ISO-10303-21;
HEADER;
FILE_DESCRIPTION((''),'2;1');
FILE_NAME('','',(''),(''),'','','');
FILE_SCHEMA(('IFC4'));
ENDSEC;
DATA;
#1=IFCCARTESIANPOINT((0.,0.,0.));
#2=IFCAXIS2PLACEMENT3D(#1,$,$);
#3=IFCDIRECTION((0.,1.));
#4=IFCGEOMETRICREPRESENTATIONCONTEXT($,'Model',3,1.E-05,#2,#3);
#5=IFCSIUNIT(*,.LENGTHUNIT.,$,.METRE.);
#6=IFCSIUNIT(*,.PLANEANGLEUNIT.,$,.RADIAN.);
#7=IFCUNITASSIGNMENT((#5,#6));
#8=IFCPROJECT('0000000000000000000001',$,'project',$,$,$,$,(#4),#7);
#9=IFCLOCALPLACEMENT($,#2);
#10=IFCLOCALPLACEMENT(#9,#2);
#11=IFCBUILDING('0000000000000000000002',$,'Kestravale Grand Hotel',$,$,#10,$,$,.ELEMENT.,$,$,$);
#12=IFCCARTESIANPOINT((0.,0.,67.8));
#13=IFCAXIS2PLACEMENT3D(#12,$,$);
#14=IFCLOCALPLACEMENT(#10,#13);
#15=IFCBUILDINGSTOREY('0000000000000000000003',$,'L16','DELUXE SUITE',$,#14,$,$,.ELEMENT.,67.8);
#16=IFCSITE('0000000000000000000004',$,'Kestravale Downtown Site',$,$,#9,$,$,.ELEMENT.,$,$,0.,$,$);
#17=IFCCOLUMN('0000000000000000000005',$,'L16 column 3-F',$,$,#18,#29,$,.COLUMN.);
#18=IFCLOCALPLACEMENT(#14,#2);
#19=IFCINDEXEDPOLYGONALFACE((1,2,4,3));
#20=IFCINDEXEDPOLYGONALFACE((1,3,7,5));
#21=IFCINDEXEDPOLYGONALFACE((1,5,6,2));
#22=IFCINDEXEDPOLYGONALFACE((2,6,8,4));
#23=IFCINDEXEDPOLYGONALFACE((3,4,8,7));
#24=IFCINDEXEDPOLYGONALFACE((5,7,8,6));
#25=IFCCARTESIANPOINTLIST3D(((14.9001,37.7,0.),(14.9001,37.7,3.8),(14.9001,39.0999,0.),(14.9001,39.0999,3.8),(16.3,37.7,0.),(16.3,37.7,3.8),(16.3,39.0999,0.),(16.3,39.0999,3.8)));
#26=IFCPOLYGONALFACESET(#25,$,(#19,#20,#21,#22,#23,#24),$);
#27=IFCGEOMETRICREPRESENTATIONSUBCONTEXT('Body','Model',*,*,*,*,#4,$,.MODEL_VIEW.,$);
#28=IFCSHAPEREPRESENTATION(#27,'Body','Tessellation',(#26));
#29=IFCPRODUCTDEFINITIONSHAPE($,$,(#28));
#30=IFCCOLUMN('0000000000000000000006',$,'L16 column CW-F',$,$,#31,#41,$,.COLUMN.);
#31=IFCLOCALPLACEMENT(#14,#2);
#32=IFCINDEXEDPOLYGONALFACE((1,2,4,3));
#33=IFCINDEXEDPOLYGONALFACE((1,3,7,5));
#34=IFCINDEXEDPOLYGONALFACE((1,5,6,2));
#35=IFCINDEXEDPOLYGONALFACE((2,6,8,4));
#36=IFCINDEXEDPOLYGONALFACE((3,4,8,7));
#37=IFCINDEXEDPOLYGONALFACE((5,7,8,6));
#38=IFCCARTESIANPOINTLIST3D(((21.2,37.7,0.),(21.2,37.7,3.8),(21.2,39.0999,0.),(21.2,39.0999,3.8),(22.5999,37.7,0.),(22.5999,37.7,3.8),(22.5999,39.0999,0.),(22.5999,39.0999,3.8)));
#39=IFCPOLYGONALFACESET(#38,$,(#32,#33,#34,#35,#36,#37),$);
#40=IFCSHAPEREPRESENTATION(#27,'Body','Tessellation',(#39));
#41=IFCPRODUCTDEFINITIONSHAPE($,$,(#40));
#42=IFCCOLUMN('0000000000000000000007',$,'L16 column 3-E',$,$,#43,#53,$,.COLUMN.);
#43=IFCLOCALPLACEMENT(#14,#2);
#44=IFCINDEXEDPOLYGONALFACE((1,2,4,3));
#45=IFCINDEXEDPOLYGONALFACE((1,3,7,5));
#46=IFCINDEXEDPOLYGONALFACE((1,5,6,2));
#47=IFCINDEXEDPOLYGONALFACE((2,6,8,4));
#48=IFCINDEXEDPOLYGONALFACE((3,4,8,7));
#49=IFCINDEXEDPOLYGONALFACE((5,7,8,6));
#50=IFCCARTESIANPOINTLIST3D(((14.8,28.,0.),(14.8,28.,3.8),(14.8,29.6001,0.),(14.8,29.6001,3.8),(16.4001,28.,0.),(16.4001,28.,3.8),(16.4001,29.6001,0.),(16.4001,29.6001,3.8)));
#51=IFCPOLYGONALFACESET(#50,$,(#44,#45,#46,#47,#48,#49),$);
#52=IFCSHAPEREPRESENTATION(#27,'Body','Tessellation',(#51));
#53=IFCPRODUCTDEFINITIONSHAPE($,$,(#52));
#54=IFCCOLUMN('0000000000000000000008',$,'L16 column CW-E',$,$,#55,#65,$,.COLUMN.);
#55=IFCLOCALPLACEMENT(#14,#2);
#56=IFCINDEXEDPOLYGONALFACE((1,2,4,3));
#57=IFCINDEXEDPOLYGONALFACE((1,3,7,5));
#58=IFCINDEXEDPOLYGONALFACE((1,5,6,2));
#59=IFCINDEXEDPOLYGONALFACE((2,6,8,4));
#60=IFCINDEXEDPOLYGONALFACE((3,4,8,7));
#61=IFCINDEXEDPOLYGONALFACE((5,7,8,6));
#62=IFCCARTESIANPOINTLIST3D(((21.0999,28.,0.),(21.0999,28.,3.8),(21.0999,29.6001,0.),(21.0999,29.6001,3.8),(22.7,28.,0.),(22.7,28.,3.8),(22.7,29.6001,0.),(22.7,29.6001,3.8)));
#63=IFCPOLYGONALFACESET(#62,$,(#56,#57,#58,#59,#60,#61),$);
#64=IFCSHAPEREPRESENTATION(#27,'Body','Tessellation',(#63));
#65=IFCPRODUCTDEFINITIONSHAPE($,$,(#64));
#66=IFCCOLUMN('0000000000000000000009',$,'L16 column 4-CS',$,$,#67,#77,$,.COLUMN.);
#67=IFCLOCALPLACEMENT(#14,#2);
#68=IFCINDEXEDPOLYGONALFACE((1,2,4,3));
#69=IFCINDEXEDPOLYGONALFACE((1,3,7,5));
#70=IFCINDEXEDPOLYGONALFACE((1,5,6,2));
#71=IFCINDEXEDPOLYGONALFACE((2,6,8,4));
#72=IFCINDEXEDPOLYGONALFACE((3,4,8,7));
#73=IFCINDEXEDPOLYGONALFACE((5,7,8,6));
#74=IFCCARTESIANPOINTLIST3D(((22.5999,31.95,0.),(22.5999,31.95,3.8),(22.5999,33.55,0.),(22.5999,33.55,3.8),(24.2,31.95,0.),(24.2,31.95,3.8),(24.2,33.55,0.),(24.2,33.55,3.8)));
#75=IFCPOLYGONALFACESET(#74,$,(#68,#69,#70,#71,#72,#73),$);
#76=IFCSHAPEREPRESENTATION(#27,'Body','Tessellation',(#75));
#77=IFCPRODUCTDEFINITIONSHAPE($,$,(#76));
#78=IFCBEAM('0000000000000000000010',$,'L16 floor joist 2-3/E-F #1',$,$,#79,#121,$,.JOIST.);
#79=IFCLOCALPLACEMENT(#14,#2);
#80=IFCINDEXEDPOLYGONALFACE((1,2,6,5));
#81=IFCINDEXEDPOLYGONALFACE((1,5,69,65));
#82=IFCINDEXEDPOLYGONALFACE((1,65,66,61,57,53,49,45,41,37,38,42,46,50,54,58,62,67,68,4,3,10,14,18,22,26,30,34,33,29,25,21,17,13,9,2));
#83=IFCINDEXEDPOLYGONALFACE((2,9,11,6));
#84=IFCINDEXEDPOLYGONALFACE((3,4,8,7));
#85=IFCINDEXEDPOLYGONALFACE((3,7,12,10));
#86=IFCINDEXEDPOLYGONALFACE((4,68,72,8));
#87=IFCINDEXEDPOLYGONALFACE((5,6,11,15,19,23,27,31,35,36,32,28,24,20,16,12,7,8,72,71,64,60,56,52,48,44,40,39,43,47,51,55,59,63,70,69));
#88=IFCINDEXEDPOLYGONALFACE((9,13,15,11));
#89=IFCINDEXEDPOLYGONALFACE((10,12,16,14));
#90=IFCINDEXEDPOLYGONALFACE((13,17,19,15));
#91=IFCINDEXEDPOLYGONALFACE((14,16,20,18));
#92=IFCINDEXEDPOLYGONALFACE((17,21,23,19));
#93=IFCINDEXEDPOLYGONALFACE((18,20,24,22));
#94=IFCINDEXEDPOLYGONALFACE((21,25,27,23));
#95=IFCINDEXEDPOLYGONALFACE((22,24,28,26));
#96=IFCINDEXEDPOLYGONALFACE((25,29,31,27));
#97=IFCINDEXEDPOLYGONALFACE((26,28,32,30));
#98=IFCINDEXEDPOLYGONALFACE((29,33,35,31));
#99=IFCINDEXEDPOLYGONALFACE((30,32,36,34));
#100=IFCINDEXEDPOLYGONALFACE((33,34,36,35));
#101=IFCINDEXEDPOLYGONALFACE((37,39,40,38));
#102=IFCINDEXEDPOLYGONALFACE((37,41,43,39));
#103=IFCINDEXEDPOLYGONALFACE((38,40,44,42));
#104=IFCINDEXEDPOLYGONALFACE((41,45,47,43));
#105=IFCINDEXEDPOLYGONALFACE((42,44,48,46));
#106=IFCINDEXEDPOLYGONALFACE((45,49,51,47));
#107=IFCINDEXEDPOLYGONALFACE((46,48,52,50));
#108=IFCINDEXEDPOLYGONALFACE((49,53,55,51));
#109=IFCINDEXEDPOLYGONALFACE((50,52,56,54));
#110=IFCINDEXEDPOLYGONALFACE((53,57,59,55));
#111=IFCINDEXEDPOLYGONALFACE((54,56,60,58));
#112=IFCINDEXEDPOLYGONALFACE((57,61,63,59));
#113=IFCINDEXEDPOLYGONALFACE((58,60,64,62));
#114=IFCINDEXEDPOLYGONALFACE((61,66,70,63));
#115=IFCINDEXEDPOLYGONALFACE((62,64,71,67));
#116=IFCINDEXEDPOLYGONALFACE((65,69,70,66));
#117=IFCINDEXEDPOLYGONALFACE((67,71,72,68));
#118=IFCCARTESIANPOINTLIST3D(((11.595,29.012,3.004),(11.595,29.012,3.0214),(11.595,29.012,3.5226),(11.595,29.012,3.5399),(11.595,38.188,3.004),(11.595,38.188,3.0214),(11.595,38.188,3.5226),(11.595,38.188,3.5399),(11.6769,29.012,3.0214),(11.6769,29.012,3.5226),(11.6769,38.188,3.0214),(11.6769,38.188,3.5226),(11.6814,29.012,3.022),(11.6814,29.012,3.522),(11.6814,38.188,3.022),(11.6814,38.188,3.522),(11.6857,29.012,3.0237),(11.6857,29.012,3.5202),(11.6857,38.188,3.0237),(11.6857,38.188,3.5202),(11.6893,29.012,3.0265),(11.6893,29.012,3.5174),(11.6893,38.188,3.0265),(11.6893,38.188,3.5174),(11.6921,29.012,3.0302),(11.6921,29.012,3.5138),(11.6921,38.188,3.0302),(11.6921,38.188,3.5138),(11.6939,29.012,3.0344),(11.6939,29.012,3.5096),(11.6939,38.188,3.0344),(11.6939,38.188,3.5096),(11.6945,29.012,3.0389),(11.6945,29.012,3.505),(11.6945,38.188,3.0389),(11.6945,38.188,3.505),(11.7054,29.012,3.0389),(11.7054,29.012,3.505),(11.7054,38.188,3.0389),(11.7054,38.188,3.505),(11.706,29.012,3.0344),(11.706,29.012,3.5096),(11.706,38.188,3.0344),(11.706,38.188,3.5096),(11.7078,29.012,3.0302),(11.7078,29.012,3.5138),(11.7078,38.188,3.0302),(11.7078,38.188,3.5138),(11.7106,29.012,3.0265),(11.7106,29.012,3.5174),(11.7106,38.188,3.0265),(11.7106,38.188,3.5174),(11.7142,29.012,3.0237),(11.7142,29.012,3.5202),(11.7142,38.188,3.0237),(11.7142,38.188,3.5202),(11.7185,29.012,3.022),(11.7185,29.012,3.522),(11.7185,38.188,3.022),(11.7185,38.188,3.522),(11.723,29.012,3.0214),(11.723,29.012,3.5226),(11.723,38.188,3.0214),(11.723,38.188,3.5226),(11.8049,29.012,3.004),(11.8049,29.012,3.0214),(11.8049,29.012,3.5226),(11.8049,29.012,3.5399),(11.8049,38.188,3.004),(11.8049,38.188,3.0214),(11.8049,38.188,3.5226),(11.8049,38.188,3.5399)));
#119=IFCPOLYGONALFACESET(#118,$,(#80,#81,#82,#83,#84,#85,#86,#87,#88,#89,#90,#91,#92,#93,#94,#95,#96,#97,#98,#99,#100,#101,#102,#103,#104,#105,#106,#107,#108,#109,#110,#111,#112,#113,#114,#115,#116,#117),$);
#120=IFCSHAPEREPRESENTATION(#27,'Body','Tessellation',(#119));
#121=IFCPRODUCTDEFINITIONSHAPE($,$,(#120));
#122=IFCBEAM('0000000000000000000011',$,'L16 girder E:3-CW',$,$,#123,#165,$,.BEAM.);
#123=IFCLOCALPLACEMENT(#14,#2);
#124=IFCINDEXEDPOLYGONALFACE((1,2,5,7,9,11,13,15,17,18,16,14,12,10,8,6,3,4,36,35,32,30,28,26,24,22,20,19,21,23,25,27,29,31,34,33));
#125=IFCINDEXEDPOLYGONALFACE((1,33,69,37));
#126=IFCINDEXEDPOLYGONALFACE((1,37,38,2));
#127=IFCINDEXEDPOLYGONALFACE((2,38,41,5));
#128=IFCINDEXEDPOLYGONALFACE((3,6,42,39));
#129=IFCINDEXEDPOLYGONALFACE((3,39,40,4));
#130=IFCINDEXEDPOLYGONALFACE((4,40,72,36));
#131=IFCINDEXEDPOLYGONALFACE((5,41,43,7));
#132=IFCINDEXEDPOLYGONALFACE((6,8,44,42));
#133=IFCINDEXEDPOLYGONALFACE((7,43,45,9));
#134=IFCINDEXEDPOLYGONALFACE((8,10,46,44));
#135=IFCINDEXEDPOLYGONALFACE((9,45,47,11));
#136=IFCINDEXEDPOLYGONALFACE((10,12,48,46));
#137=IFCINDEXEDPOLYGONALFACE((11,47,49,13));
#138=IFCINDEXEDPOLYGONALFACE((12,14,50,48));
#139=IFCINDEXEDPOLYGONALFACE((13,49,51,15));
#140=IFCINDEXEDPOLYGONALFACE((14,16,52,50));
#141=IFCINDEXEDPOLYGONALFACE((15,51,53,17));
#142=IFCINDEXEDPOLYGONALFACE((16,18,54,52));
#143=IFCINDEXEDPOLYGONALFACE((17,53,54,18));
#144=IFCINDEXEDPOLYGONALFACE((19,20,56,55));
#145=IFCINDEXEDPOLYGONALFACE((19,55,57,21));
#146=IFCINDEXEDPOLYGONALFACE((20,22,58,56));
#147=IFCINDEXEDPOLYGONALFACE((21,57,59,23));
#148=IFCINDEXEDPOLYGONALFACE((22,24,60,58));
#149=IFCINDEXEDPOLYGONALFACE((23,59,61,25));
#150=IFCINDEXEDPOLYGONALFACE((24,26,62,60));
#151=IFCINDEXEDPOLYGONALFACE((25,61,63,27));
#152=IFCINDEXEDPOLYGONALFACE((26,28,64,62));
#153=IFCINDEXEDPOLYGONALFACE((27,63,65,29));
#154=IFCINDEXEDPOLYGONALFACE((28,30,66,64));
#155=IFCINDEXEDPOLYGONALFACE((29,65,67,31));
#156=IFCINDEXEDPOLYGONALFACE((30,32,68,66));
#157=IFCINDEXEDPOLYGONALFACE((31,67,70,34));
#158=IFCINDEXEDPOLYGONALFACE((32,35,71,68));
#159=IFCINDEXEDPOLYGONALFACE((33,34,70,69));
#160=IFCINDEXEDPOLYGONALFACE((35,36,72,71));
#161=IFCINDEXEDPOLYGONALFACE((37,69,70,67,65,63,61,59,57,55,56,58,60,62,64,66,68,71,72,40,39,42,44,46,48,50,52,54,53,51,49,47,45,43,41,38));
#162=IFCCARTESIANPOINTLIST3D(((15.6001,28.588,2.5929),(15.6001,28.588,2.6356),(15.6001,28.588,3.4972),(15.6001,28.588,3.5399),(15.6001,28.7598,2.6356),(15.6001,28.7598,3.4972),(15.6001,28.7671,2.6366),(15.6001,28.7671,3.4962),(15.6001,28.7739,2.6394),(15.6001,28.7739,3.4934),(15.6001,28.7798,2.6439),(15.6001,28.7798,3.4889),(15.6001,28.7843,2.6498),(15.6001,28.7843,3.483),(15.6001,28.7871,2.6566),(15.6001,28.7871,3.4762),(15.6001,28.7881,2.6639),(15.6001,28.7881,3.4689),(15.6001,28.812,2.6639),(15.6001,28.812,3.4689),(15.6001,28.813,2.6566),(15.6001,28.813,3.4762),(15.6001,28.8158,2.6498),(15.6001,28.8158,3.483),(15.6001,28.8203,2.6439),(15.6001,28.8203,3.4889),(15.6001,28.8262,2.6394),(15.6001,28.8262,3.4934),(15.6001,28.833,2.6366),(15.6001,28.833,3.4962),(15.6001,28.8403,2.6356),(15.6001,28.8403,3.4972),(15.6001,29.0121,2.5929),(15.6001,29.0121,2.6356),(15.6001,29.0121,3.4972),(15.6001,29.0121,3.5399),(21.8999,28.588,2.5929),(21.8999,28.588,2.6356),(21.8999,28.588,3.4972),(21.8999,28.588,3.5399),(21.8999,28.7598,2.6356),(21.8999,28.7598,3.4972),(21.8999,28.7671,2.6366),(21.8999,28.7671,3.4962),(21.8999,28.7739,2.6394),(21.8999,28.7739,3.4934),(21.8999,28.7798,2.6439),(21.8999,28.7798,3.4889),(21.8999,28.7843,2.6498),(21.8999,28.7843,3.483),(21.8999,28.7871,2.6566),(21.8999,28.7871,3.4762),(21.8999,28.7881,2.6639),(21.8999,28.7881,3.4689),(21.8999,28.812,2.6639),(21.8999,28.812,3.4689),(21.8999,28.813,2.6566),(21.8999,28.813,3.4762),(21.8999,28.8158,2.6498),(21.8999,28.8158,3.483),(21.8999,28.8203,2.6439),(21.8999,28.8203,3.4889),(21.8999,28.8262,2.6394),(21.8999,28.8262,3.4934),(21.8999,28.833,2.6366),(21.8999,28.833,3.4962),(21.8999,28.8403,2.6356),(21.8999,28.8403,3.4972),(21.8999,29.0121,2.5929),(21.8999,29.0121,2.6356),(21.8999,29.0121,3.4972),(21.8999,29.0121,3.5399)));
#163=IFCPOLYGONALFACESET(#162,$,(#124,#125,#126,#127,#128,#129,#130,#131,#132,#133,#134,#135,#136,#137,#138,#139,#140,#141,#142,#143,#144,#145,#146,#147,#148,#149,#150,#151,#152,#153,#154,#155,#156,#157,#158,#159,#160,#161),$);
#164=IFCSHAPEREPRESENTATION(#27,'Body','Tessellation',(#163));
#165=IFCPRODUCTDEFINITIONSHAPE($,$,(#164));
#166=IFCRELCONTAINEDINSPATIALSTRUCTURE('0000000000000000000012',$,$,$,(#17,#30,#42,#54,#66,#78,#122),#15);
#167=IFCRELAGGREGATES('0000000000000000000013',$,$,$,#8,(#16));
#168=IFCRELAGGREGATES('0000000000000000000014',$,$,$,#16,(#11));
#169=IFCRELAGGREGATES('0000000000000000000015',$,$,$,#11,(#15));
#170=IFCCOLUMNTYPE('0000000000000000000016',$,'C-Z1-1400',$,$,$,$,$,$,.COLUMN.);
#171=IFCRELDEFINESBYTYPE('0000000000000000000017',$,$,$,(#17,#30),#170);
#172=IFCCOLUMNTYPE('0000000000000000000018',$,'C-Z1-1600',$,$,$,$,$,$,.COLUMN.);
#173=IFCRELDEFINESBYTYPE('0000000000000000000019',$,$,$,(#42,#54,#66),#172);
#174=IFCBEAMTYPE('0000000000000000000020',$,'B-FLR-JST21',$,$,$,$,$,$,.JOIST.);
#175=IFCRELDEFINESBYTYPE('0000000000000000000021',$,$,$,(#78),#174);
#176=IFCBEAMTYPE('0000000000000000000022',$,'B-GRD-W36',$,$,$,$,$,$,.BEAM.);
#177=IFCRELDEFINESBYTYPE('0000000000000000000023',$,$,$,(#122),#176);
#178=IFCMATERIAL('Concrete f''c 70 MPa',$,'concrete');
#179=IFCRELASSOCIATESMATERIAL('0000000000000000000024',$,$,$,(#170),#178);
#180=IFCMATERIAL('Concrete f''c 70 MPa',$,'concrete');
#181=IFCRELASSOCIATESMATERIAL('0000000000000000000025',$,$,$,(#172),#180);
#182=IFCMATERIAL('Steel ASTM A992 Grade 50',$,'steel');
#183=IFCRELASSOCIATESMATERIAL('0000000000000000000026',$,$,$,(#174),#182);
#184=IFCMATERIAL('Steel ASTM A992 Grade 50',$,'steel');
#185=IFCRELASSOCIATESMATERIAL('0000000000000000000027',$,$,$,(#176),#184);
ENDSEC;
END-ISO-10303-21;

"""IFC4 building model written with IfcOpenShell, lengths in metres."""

from ifc_helpers import new_model, si_unit, direction, frame, origin, origin_2d, place, context, subcontext, project, spatial, rectangle, i_section, extrude, material, material_profile, profile_set, type_object, element, save


model = new_model("IFC4")

# Units and contexts
model_context = context("Model", 3, precision=1e-05, world=origin(), true_north=direction((0.0, 1.0)))
body_context = subcontext(model_context, "Body", "Model", "MODEL_VIEW")
ifc_project = project(units=[si_unit("LENGTHUNIT", "METRE"), si_unit("PLANEANGLEUNIT", "RADIAN")], contexts=[model_context])

# Site, building, storey
site_placement = place(None, origin())
site = spatial("IfcSite", under=ifc_project, at=site_placement, Name="Kestravale Downtown Site", CompositionType="ELEMENT", RefElevation=0.0)
building_placement = place(site_placement, origin())
building = spatial("IfcBuilding", under=site, at=building_placement, Name="Kestravale Grand Hotel", CompositionType="ELEMENT")
storey_placement = place(building_placement, frame((0.0, 0.0, 67.8)))
storey = spatial("IfcBuildingStorey", under=building, at=storey_placement, Name="L16", Description="DELUXE SUITE", CompositionType="ELEMENT", Elevation=67.8)

# Columns
ifc_material_1 = material(Name="Concrete f'c 70 MPa", Category="concrete")
ifc_material_profile_1 = material_profile(ifc_material_1, rectangle(XDim=1.3999, YDim=1.3999, at=origin_2d()))
ifc_profile_set_1 = profile_set([ifc_material_profile_1], Name="Concrete f'c 70 MPa")
column_type_1 = type_object("IfcColumnType", Name="C-Z1-1400", PredefinedType="COLUMN", material=ifc_profile_set_1)
for number, where, z_axis, x_axis, name in (
    (1, (15.6001, 38.3999, 0.0), (0.0, 0.0, 1.0), (1.0, 0.0, 0.0), "L16 column 3-F"),
    (2, (21.8999, 38.3999, 0.0), (0.0, 0.0, 1.0), (1.0, 0.0, 0.0), "L16 column CW-F"),
):
    element("IfcColumn", number, at=place(storey_placement, frame(where, z_axis=z_axis, x_axis=x_axis)), inside=storey, type_object=column_type_1, Name=name, PredefinedType="COLUMN", context=body_context, shape_type="SweptSolid", body=[
        extrude(rectangle(XDim=1.3999, YDim=1.3999, at=origin_2d()), origin(), (0.0, 0.0, 1.0), 3.8),
    ])
ifc_material_2 = material(Name="Concrete f'c 70 MPa", Category="concrete")
ifc_material_profile_2 = material_profile(ifc_material_2, rectangle(XDim=1.6001, YDim=1.6001, at=origin_2d()))
ifc_profile_set_2 = profile_set([ifc_material_profile_2], Name="Concrete f'c 70 MPa")
column_type_2 = type_object("IfcColumnType", Name="C-Z1-1600", PredefinedType="COLUMN", material=ifc_profile_set_2)
for number, where, z_axis, x_axis, name in (
    (3, (15.6001, 28.8, 0.0), (0.0, 0.0, 1.0), (1.0, 0.0, 0.0), "L16 column 3-E"),
    (4, (21.8999, 28.8, 0.0), (0.0, 0.0, 1.0), (1.0, 0.0, 0.0), "L16 column CW-E"),
    (5, (23.3999, 32.75, 0.0), (0.0, 0.0, 1.0), (1.0, 0.0, 0.0), "L16 column 4-CS"),
):
    element("IfcColumn", number, at=place(storey_placement, frame(where, z_axis=z_axis, x_axis=x_axis)), inside=storey, type_object=column_type_2, Name=name, PredefinedType="COLUMN", context=body_context, shape_type="SweptSolid", body=[
        extrude(rectangle(XDim=1.6001, YDim=1.6001, at=origin_2d()), origin(), (0.0, 0.0, 1.0), 3.8),
    ])

# Beams
ifc_material_3 = material(Name="Steel ASTM A992 Grade 50", Category="steel")
ifc_material_profile_3 = material_profile(ifc_material_3, i_section(OverallWidth=0.21, OverallDepth=0.5359, WebThickness=0.011, FlangeThickness=0.0173, FilletRadius=0.0176, at=origin_2d()))
ifc_profile_set_3 = profile_set([ifc_material_profile_3], Name="Steel ASTM A992 Grade 50")
beam_type_1 = type_object("IfcBeamType", Name="B-FLR-JST21", PredefinedType="JOIST", material=ifc_profile_set_3)
beam_1_placement = place(storey_placement, frame((11.7, 29.012, 3.272), z_axis=(0.0, 1.0, 0.0), x_axis=(-1.0, 0.0, 0.0)))
element("IfcBeam", 6, at=beam_1_placement, inside=storey, type_object=beam_type_1, Name="L16 floor joist 2-3/E-F #1", PredefinedType="JOIST", context=body_context, shape_type="SweptSolid", body=[
    extrude(i_section(OverallWidth=0.21, OverallDepth=0.5359, WebThickness=0.011, FlangeThickness=0.0173, FilletRadius=0.0176, at=origin_2d()), origin(), (0.0, 0.0, 1.0), 9.176),
])
ifc_material_4 = material(Name="Steel ASTM A992 Grade 50", Category="steel")
ifc_material_profile_4 = material_profile(ifc_material_4, i_section(OverallWidth=0.4241, OverallDepth=0.947, WebThickness=0.0239, FlangeThickness=0.0427, FilletRadius=0.0283, at=origin_2d()))
ifc_profile_set_4 = profile_set([ifc_material_profile_4], Name="Steel ASTM A992 Grade 50")
beam_type_2 = type_object("IfcBeamType", Name="B-GRD-W36", PredefinedType="BEAM", material=ifc_profile_set_4)
for number, where, z_axis, x_axis, name in (
    (7, (15.6001, 28.8, 3.0664), (1.0, 0.0, 0.0), (0.0, 1.0, 0.0), "L16 girder E:3-CW"),
):
    element("IfcBeam", number, at=place(storey_placement, frame(where, z_axis=z_axis, x_axis=x_axis)), inside=storey, type_object=beam_type_2, Name=name, PredefinedType="BEAM", context=body_context, shape_type="SweptSolid", body=[
        extrude(i_section(OverallWidth=0.4241, OverallDepth=0.947, WebThickness=0.0239, FlangeThickness=0.0427, FilletRadius=0.0283, at=origin_2d()), origin(), (0.0, 0.0, 1.0), 6.2998),
    ])

save(model, "model.ifc")
